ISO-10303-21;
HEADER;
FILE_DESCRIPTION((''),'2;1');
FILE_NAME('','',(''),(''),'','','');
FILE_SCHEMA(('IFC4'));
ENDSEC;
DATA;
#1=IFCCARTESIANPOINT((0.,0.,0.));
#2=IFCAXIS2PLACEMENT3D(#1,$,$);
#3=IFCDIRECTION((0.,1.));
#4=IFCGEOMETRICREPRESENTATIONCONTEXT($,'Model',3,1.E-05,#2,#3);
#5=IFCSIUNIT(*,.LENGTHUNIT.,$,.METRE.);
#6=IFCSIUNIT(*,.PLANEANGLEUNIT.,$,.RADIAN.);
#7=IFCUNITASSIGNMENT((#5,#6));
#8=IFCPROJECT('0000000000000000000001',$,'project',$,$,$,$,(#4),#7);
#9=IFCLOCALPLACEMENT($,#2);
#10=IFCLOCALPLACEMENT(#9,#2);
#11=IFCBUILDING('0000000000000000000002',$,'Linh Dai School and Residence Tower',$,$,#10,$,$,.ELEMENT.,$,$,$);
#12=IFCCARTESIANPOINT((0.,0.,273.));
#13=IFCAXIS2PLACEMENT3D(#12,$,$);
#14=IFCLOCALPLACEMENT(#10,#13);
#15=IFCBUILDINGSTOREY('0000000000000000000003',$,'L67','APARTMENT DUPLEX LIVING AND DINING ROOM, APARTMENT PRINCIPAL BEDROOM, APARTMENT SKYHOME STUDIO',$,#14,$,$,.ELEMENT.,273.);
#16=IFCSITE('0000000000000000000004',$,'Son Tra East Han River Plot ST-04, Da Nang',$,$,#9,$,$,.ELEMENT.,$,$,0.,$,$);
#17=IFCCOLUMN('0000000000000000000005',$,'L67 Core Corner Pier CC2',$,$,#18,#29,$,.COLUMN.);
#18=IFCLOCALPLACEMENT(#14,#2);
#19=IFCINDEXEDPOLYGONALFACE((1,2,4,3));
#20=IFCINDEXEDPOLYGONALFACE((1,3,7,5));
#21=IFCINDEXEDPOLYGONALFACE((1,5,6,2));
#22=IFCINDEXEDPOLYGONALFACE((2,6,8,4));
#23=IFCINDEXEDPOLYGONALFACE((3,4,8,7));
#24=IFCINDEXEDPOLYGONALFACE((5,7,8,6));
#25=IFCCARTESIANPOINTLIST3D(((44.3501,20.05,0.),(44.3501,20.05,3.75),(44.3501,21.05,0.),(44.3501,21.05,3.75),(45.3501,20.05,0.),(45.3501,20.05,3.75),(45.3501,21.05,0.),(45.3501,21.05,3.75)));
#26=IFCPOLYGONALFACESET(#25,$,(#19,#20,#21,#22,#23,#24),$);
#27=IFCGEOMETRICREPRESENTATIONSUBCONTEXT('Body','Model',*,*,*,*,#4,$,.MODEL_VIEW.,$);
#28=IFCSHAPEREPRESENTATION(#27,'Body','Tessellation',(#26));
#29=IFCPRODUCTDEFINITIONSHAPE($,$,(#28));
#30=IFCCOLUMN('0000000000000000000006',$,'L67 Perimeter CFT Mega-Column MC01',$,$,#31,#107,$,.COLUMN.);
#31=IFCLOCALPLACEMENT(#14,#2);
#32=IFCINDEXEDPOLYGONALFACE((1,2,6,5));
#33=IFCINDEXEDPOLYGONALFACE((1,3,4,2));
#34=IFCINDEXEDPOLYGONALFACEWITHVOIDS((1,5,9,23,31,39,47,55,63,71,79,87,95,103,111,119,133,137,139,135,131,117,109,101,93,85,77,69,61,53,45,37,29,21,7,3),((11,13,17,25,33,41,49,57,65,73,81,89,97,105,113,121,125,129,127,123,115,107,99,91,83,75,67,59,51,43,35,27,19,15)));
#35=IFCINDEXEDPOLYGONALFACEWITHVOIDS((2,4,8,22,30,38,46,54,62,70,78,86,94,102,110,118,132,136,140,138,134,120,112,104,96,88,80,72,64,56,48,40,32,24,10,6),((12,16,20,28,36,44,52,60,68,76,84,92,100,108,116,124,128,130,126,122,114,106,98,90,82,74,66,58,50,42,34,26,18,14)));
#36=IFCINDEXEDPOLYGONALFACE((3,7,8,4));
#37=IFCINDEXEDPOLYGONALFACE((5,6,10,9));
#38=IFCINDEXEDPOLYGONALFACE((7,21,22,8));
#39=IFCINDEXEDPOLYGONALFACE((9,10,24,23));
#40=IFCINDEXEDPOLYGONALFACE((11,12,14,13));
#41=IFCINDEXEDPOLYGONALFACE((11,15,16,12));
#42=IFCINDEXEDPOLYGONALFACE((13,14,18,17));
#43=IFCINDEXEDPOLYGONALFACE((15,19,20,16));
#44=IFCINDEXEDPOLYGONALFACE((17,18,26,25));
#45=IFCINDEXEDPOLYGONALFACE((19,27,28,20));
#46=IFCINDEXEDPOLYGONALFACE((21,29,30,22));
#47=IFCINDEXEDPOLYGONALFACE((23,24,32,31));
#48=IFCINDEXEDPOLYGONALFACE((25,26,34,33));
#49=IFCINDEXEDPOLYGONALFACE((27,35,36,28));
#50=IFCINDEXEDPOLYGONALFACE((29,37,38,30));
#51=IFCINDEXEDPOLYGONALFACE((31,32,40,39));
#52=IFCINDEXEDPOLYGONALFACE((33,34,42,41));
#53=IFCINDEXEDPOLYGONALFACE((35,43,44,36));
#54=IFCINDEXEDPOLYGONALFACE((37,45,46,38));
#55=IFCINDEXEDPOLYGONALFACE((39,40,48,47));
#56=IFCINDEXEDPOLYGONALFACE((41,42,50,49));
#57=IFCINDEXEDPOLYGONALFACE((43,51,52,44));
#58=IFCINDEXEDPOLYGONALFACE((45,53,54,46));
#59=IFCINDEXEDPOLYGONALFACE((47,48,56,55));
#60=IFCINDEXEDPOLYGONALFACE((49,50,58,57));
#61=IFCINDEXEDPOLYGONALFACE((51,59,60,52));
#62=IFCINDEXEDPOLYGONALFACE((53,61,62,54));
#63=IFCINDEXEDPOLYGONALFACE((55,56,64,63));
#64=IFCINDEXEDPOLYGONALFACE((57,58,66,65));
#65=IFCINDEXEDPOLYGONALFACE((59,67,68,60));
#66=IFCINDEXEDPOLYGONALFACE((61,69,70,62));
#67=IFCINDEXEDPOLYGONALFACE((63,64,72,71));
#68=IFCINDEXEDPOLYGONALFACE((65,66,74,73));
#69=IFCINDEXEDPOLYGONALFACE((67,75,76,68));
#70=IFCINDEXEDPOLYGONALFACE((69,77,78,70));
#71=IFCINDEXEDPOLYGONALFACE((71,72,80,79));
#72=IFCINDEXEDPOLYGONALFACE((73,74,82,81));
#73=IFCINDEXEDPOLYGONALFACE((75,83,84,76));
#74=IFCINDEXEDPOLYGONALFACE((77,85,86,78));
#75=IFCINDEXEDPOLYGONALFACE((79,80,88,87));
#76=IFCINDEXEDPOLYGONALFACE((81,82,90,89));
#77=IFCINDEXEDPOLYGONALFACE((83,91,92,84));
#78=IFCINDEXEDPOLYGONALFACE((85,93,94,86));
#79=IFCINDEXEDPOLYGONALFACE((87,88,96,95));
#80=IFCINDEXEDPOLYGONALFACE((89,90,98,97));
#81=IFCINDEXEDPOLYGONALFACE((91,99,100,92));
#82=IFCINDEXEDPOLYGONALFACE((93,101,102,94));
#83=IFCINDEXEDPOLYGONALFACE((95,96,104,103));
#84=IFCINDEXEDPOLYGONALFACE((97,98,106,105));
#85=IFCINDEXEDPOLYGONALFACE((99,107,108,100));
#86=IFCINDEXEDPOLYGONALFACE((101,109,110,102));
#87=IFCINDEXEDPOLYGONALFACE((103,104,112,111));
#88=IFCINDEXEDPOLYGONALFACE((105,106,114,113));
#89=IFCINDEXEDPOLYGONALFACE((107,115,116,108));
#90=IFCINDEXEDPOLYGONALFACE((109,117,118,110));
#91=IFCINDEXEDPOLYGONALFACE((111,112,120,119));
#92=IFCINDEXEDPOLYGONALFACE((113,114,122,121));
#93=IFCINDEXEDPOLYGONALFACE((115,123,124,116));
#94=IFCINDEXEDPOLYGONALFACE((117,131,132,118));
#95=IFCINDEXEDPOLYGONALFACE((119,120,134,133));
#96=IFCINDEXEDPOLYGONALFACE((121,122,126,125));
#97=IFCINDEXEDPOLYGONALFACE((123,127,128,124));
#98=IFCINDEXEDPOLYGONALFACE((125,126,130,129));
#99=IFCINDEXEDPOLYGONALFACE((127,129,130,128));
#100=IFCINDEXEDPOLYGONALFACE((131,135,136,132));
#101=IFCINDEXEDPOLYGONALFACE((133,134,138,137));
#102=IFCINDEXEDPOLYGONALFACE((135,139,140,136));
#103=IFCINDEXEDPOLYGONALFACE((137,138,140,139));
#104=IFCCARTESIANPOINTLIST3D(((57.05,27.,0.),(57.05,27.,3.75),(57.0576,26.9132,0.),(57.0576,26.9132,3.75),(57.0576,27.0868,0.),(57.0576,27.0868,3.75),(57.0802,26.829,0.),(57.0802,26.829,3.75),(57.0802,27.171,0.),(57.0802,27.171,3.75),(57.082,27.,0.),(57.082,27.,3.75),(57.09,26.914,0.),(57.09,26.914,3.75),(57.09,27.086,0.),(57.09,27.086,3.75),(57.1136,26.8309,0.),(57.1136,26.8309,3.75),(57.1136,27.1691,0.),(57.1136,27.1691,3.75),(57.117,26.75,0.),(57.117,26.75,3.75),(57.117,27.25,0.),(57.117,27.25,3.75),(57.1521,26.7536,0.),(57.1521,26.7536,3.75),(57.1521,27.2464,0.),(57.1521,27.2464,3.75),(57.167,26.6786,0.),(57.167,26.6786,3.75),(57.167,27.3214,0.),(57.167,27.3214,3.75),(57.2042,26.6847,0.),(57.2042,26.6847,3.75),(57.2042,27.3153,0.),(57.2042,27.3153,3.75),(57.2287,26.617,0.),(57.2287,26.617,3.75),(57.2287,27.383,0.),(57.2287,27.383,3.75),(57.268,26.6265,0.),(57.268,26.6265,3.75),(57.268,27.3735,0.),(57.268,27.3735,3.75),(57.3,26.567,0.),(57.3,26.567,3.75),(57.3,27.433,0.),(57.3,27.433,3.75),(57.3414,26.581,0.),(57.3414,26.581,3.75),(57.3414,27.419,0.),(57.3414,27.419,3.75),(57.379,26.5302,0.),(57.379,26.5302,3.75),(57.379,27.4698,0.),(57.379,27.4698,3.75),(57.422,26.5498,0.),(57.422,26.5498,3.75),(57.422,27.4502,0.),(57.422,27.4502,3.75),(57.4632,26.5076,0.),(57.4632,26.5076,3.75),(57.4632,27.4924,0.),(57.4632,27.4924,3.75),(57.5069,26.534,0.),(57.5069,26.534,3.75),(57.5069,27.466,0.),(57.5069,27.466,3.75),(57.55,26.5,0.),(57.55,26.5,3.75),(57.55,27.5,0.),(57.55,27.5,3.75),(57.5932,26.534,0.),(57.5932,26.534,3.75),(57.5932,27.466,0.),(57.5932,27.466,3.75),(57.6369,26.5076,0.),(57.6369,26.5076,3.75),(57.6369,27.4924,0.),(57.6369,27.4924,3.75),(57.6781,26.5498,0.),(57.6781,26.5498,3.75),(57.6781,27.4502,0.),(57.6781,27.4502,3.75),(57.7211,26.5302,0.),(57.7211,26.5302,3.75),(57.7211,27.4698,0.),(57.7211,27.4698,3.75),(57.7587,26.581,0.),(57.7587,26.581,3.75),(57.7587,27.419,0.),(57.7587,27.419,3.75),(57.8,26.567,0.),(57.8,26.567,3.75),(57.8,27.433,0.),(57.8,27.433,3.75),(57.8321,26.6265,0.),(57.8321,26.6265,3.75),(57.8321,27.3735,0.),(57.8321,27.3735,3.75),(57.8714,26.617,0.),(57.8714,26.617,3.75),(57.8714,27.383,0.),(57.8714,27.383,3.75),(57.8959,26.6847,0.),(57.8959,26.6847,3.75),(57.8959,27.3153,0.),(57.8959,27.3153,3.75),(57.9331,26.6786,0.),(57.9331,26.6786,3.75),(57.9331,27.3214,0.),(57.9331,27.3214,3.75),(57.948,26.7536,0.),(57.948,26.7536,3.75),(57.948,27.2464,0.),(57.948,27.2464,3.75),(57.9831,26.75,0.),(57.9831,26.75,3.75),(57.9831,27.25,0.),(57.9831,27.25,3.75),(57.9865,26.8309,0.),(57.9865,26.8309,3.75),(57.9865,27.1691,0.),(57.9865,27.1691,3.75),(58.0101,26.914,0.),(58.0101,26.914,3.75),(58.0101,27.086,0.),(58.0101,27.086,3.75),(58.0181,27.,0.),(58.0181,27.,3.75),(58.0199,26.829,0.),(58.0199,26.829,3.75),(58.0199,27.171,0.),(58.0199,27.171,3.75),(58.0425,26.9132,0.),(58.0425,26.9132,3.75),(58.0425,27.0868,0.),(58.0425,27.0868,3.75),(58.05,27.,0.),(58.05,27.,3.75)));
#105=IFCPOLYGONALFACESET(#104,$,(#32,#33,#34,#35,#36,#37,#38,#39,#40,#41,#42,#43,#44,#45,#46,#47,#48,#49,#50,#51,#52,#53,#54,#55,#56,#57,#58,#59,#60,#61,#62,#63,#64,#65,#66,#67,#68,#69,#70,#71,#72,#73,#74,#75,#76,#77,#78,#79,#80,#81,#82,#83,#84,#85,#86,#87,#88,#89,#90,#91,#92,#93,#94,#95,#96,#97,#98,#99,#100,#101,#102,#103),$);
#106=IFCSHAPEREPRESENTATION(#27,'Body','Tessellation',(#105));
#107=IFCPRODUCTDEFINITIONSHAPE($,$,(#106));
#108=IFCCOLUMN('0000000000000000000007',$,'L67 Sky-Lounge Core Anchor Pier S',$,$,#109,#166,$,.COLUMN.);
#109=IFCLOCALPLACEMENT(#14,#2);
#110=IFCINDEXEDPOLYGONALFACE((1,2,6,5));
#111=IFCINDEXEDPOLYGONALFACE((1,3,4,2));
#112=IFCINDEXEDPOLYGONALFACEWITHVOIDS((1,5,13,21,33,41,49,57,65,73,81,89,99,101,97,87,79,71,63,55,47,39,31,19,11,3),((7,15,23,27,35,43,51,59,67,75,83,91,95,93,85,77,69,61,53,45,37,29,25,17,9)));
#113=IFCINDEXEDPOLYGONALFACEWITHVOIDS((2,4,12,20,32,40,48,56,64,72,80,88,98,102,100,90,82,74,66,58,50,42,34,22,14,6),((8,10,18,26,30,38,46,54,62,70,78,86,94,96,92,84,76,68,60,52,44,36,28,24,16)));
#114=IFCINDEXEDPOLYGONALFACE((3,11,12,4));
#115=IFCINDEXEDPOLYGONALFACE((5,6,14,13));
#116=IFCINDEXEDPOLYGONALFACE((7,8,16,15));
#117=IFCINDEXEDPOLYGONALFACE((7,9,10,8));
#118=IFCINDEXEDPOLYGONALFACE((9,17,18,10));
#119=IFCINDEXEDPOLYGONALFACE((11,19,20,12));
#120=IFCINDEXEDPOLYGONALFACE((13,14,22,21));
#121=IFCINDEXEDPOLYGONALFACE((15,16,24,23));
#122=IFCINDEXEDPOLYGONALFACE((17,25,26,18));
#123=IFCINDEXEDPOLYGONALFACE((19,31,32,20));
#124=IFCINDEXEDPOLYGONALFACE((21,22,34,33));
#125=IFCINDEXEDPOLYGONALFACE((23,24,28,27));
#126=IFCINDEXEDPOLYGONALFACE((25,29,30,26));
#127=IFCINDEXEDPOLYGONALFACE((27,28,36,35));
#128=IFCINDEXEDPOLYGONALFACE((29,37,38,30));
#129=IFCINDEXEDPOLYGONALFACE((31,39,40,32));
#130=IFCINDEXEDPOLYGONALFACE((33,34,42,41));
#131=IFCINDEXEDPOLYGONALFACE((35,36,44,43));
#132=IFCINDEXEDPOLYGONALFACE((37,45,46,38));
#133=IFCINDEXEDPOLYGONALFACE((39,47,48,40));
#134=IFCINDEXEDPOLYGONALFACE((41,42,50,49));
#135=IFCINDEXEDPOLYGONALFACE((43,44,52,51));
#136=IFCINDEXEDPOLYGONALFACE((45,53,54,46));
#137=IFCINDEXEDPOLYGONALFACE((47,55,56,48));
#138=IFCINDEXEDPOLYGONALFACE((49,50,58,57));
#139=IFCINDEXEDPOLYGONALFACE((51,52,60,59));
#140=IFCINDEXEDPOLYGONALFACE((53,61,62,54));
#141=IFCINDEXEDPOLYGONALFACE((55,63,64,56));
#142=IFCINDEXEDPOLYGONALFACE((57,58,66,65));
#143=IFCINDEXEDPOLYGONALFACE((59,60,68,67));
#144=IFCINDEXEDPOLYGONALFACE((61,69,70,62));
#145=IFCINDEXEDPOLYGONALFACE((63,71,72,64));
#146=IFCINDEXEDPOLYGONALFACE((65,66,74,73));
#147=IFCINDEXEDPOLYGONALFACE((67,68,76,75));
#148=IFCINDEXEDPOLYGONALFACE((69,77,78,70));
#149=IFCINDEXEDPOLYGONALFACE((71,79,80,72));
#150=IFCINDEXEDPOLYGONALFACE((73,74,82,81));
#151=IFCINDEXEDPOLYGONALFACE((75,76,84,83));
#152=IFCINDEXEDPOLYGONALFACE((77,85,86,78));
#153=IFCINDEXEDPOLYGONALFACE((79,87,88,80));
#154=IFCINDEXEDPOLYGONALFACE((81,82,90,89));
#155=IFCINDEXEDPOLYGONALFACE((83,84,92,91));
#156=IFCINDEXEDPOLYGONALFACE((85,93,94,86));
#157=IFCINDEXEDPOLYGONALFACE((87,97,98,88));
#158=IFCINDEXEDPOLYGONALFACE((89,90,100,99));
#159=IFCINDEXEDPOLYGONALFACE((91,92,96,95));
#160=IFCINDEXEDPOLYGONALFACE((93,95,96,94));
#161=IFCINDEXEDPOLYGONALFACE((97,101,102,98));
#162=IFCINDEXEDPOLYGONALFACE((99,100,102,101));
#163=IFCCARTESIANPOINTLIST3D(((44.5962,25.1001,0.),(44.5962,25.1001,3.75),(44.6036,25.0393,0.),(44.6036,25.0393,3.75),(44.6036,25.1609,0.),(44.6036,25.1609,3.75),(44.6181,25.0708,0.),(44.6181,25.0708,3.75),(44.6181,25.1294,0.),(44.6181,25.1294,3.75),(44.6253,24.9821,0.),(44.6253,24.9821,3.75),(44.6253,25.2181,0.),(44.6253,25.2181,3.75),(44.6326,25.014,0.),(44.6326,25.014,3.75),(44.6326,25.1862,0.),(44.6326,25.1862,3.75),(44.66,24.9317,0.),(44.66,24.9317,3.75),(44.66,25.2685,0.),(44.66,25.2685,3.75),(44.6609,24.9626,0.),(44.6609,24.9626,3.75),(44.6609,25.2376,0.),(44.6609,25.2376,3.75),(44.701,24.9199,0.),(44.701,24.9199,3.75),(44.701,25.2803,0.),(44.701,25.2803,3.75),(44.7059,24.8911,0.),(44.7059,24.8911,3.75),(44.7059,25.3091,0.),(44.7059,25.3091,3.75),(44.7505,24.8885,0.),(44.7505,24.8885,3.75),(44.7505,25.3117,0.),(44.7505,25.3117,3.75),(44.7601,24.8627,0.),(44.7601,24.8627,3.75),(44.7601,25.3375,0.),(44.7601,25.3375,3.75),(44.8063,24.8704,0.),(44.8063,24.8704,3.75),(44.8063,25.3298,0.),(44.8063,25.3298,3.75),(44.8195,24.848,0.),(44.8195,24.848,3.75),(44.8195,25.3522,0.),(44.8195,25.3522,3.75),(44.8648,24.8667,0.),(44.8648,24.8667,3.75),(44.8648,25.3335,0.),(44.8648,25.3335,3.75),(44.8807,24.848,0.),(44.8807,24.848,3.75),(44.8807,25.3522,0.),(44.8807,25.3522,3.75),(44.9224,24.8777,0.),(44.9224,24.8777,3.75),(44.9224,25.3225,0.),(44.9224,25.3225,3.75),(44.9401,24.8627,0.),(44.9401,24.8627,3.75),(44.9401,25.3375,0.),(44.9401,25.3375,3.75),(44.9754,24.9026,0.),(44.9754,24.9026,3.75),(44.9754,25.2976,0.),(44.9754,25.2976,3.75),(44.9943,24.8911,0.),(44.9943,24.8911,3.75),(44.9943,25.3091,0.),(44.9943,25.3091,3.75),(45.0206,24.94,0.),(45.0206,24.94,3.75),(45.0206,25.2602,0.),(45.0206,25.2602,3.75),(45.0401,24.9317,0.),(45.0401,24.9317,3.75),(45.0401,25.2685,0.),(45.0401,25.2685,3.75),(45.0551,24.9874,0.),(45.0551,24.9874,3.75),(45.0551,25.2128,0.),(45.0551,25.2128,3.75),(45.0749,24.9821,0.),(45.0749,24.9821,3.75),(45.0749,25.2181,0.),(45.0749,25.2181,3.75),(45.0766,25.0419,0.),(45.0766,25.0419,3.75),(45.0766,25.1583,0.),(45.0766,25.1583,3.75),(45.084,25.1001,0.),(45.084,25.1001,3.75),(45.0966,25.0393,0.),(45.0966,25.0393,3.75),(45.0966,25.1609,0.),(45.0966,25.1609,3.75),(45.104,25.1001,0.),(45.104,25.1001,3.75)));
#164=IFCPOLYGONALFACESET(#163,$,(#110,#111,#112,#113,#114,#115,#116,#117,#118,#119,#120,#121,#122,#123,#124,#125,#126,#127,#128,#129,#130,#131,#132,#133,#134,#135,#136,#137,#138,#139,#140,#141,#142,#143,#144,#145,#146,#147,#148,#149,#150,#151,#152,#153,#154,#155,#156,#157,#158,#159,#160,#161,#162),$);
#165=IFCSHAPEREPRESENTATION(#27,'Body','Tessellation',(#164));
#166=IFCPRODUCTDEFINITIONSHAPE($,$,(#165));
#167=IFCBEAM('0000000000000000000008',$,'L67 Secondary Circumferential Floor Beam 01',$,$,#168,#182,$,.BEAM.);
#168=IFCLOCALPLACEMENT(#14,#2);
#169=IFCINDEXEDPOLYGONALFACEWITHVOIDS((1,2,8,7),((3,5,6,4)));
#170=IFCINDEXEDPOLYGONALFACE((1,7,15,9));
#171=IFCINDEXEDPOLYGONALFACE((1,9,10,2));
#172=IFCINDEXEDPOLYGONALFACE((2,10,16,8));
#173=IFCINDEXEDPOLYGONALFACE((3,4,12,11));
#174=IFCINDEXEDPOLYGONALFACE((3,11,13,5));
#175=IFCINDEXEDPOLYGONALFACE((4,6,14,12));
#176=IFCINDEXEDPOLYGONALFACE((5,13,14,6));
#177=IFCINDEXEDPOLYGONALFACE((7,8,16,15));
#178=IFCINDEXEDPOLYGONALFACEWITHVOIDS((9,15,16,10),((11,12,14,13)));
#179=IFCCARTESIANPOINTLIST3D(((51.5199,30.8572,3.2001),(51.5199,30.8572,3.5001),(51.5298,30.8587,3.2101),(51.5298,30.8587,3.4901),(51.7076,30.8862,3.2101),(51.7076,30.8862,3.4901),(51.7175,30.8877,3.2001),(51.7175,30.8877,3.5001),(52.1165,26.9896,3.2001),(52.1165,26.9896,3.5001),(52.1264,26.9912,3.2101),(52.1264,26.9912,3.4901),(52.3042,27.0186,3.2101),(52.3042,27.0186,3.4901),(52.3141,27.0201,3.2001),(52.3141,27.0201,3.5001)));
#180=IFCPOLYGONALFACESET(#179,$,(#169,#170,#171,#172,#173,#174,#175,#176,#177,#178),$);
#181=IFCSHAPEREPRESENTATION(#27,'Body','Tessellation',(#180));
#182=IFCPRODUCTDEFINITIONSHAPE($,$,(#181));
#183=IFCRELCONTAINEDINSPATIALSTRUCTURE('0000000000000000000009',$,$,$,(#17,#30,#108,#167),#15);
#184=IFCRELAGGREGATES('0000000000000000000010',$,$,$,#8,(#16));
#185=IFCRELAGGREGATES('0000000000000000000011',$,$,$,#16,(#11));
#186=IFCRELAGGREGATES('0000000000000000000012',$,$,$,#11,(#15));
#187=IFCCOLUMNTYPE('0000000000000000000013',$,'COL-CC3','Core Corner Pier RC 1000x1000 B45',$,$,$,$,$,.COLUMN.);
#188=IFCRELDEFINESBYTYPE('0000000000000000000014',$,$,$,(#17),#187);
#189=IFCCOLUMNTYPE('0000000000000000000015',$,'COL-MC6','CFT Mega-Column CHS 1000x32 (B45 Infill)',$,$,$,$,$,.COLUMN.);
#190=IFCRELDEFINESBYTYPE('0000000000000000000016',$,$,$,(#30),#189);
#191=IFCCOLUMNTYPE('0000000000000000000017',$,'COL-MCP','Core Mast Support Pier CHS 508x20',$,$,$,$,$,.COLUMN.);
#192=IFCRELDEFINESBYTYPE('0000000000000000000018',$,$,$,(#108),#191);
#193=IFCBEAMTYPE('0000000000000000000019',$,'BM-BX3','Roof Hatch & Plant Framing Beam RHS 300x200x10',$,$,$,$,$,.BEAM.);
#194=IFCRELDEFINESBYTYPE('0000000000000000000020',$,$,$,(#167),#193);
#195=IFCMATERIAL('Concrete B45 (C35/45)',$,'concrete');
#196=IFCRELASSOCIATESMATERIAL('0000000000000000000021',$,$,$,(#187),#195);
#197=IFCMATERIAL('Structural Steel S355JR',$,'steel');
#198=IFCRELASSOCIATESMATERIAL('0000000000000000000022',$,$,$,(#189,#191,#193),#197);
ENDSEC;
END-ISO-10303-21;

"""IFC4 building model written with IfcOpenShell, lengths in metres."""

from ifc_helpers import new_model, si_unit, direction, frame, origin, origin_2d, place, context, subcontext, project, spatial, rectangle, hollow_rectangle, hollow_circle, extrude, material, material_profile, profile_set, type_object, element, save


model = new_model("IFC4")

# Units and contexts
model_context = context("Model", 3, precision=1e-05, world=origin(), true_north=direction((0.0, 1.0)))
body_context = subcontext(model_context, "Body", "Model", "MODEL_VIEW")
ifc_project = project(units=[si_unit("LENGTHUNIT", "METRE"), si_unit("PLANEANGLEUNIT", "RADIAN")], contexts=[model_context])

# Site, building, storey
site_placement = place(None, origin())
site = spatial("IfcSite", under=ifc_project, at=site_placement, Name="Son Tra East Han River Plot ST-04, Da Nang", CompositionType="ELEMENT", RefElevation=0.0)
building_placement = place(site_placement, origin())
building = spatial("IfcBuilding", under=site, at=building_placement, Name="Linh Dai School and Residence Tower", CompositionType="ELEMENT")
storey_placement = place(building_placement, frame((0.0, 0.0, 273.0)))
storey = spatial("IfcBuildingStorey", under=building, at=storey_placement, Name="L67", Description="APARTMENT DUPLEX LIVING AND DINING ROOM, APARTMENT PRINCIPAL BEDROOM, APARTMENT SKYHOME STUDIO", CompositionType="ELEMENT", Elevation=273.0)

# Columns
ifc_material_1 = material(Name="Concrete B45 (C35/45)", Category="concrete")
ifc_material_profile_1 = material_profile(ifc_material_1, rectangle(XDim=1.0, YDim=1.0, at=origin_2d()), Name="RC 1000x1000")
ifc_profile_set_1 = profile_set([ifc_material_profile_1], Name="Concrete B45 (C35/45)")
column_type_1 = type_object("IfcColumnType", Name="COL-CC3", Description="Core Corner Pier RC 1000x1000 B45", PredefinedType="COLUMN", material=ifc_profile_set_1)
column_1_placement = place(storey_placement, frame((44.8501, 20.55, 0.0), z_axis=(0.0, 0.0, 1.0), x_axis=(1.0, 0.0, 0.0)))
element("IfcColumn", 1, at=column_1_placement, inside=storey, type_object=column_type_1, Name="L67 Core Corner Pier CC2", PredefinedType="COLUMN", context=body_context, shape_type="SweptSolid", body=[
    extrude(rectangle(XDim=1.0, YDim=1.0, at=origin_2d()), origin(), (0.0, 0.0, 1.0), 3.75),
])
ifc_material_2 = material(Name="Structural Steel S355JR", Category="steel")
ifc_material_profile_2 = material_profile(ifc_material_2, hollow_circle(Radius=0.5, WallThickness=0.032, at=origin_2d()), Name="CHS 1000x32")
ifc_profile_set_2 = profile_set([ifc_material_profile_2], Name="Structural Steel S355JR")
column_type_2 = type_object("IfcColumnType", Name="COL-MC6", Description="CFT Mega-Column CHS 1000x32 (B45 Infill)", PredefinedType="COLUMN", material=ifc_profile_set_2)
column_2_placement = place(storey_placement, frame((57.55, 27.0, 0.0), z_axis=(0.0, 0.0, 1.0), x_axis=(1.0, 0.0, 0.0)))
element("IfcColumn", 2, at=column_2_placement, inside=storey, type_object=column_type_2, Name="L67 Perimeter CFT Mega-Column MC01", PredefinedType="COLUMN", context=body_context, shape_type="SweptSolid", body=[
    extrude(hollow_circle(Radius=0.5, WallThickness=0.032, at=origin_2d()), origin(), (0.0, 0.0, 1.0), 3.75),
])
ifc_material_profile_3 = material_profile(ifc_material_2, hollow_circle(Radius=0.2539, WallThickness=0.02, at=origin_2d()), Name="CHS 508x20")
ifc_profile_set_3 = profile_set([ifc_material_profile_3], Name="Structural Steel S355JR")
column_type_3 = type_object("IfcColumnType", Name="COL-MCP", Description="Core Mast Support Pier CHS 508x20", PredefinedType="COLUMN", material=ifc_profile_set_3)
column_3_placement = place(storey_placement, frame((44.8501, 25.1001, 0.0), z_axis=(0.0, 0.0, 1.0), x_axis=(1.0, 0.0, 0.0)))
element("IfcColumn", 3, at=column_3_placement, inside=storey, type_object=column_type_3, Name="L67 Sky-Lounge Core Anchor Pier S", PredefinedType="COLUMN", context=body_context, shape_type="SweptSolid", body=[
    extrude(hollow_circle(Radius=0.2539, WallThickness=0.02, at=origin_2d()), origin(), (0.0, 0.0, 1.0), 3.75),
])

# Beam
ifc_material_profile_4 = material_profile(ifc_material_2, hollow_rectangle(XDim=0.2, YDim=0.3, WallThickness=0.01, at=origin_2d()), Name="RHS 300x200x10")
ifc_profile_set_4 = profile_set([ifc_material_profile_4], Name="Structural Steel S355JR")
beam_type_1 = type_object("IfcBeamType", Name="BM-BX3", Description="Roof Hatch & Plant Framing Beam RHS 300x200x10", PredefinedType="BEAM", material=ifc_profile_set_4)
beam_1_placement = place(storey_placement, frame((52.2153, 27.0049, 3.3501), z_axis=(-0.15247, 0.988308, 0.0), x_axis=(-0.988308, -0.15247, 0.0)))
element("IfcBeam", 4, at=beam_1_placement, inside=storey, type_object=beam_type_1, Name="L67 Secondary Circumferential Floor Beam 01", PredefinedType="BEAM", context=body_context, shape_type="SweptSolid", body=[
    extrude(hollow_rectangle(XDim=0.2, YDim=0.3, WallThickness=0.01, at=origin_2d()), origin(), (0.0, 0.0, 1.0), 3.9133),
])

save(model, "model.ifc")
